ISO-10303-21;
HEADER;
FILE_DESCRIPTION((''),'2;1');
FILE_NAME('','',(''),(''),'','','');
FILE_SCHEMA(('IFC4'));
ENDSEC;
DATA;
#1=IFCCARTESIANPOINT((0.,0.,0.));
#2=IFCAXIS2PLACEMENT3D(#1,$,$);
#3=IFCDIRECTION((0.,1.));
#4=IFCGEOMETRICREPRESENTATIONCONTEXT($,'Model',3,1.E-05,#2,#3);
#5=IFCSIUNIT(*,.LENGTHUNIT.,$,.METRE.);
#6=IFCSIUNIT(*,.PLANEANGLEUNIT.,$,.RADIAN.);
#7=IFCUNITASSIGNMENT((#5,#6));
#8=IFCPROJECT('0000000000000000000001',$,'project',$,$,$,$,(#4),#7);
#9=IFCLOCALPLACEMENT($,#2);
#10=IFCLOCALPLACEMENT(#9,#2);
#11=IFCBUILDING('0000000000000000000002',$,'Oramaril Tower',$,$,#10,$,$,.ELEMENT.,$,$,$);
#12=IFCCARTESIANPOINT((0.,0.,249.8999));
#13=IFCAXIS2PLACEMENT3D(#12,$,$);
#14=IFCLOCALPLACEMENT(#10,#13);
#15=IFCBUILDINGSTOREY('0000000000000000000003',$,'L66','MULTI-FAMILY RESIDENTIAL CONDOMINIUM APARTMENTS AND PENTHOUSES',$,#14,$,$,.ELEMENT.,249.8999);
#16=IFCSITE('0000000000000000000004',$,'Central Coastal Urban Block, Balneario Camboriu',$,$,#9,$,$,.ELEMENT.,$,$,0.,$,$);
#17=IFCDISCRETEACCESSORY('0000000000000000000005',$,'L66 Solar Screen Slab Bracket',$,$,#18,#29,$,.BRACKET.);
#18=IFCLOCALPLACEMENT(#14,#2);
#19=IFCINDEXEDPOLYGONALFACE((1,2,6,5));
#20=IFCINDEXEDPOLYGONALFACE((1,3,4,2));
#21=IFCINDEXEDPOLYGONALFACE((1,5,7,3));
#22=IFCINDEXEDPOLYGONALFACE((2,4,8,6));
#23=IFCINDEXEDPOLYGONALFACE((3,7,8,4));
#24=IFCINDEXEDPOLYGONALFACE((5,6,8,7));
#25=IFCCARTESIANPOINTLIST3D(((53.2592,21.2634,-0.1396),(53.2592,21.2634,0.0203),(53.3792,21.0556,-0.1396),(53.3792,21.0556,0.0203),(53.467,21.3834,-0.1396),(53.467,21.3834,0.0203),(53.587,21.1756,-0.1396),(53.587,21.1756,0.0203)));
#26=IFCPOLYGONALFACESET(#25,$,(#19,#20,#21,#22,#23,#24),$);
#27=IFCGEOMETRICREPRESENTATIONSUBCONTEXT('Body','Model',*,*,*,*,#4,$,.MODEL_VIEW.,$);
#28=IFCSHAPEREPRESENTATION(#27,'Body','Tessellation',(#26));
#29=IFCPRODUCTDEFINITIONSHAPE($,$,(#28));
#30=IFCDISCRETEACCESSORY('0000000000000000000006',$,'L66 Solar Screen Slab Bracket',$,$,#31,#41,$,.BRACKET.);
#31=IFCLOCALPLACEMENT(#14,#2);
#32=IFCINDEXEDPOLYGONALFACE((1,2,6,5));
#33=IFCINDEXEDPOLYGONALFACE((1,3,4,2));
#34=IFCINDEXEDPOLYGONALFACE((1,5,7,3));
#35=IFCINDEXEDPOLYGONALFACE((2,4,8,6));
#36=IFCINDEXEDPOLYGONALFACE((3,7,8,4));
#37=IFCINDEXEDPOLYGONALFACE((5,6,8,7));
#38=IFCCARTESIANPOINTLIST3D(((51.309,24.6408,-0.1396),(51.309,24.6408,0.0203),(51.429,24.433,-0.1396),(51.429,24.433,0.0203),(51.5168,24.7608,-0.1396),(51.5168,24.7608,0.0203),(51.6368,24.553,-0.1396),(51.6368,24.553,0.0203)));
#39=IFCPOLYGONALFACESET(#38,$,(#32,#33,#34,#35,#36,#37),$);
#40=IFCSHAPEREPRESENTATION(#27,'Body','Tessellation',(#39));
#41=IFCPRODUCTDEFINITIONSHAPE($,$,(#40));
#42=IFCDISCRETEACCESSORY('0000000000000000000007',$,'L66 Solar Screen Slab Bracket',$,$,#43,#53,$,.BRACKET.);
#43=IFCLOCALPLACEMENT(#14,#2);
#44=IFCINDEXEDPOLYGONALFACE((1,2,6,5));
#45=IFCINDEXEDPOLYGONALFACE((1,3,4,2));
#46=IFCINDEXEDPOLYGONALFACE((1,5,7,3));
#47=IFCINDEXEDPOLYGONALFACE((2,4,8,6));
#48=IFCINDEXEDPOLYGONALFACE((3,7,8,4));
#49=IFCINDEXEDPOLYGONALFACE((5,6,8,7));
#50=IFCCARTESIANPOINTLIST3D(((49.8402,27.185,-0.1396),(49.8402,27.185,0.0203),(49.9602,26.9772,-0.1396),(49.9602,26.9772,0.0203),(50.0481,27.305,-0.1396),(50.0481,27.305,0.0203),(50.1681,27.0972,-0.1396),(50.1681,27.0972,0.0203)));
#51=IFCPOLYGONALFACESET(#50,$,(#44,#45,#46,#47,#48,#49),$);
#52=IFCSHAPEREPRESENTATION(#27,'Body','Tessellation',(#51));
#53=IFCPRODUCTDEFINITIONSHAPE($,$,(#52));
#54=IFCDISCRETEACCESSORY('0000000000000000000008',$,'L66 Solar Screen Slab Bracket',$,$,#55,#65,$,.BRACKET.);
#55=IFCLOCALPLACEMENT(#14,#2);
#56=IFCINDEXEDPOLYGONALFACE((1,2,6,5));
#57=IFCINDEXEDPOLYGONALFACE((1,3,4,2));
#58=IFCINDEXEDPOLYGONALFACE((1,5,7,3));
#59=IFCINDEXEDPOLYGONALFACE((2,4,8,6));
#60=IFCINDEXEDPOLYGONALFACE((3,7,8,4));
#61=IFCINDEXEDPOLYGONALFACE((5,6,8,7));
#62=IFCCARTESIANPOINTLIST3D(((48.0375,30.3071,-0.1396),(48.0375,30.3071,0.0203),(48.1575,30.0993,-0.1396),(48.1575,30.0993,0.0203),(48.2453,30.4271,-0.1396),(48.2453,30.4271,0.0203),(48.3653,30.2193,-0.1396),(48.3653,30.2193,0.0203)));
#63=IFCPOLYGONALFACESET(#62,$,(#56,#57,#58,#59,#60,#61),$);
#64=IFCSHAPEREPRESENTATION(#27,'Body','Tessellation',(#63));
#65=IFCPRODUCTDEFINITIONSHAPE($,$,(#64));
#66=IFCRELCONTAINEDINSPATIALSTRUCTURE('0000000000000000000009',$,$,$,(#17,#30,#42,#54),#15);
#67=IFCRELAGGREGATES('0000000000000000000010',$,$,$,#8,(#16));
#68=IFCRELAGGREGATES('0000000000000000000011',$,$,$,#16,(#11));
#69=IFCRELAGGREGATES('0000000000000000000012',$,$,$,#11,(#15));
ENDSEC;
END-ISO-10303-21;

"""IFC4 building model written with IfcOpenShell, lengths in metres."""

from ifc_helpers import new_model, si_unit, direction, frame, origin, origin_2d, place, context, subcontext, project, spatial, rectangle, extrude, element, save


model = new_model("IFC4")

# Units and contexts
model_context = context("Model", 3, precision=1e-05, world=origin(), true_north=direction((0.0, 1.0)))
body_context = subcontext(model_context, "Body", "Model", "MODEL_VIEW")
ifc_project = project(units=[si_unit("LENGTHUNIT", "METRE"), si_unit("PLANEANGLEUNIT", "RADIAN")], contexts=[model_context])

# Site, building, storey
site_placement = place(None, origin())
site = spatial("IfcSite", under=ifc_project, at=site_placement, Name="Central Coastal Urban Block, Balneario Camboriu", CompositionType="ELEMENT", RefElevation=0.0)
building_placement = place(site_placement, origin())
building = spatial("IfcBuilding", under=site, at=building_placement, Name="Oramaril Tower", CompositionType="ELEMENT")
storey_placement = place(building_placement, frame((0.0, 0.0, 249.8999)))
storey = spatial("IfcBuildingStorey", under=building, at=storey_placement, Name="L66", Description="MULTI-FAMILY RESIDENTIAL CONDOMINIUM APARTMENTS AND PENTHOUSES", CompositionType="ELEMENT", Elevation=249.8999)

# Discrete accessories
for number, where, z_axis, x_axis, name in (
    (1, (53.4231, 21.2195, -0.1396), (0.0, 0.0, 1.0), (-0.499998, 0.866026, 0.0), "L66 Solar Screen Slab Bracket"),
    (2, (51.4729, 24.5969, -0.1396), (0.0, 0.0, 1.0), (-0.499998, 0.866026, 0.0), "L66 Solar Screen Slab Bracket"),
    (3, (50.0042, 27.1411, -0.1396), (0.0, 0.0, 1.0), (-0.499998, 0.866026, 0.0), "L66 Solar Screen Slab Bracket"),
    (4, (48.2014, 30.2632, -0.1396), (0.0, 0.0, 1.0), (-0.499998, 0.866026, 0.0), "L66 Solar Screen Slab Bracket"),
):
    element("IfcDiscreteAccessory", number, at=place(storey_placement, frame(where, z_axis=z_axis, x_axis=x_axis)), inside=storey, Name=name, PredefinedType="BRACKET", context=body_context, shape_type="SweptSolid", body=[
        extrude(rectangle(XDim=0.24, YDim=0.24, at=origin_2d()), origin(), (0.0, 0.0, 1.0), 0.1599),
    ])

save(model, "model.ifc")
